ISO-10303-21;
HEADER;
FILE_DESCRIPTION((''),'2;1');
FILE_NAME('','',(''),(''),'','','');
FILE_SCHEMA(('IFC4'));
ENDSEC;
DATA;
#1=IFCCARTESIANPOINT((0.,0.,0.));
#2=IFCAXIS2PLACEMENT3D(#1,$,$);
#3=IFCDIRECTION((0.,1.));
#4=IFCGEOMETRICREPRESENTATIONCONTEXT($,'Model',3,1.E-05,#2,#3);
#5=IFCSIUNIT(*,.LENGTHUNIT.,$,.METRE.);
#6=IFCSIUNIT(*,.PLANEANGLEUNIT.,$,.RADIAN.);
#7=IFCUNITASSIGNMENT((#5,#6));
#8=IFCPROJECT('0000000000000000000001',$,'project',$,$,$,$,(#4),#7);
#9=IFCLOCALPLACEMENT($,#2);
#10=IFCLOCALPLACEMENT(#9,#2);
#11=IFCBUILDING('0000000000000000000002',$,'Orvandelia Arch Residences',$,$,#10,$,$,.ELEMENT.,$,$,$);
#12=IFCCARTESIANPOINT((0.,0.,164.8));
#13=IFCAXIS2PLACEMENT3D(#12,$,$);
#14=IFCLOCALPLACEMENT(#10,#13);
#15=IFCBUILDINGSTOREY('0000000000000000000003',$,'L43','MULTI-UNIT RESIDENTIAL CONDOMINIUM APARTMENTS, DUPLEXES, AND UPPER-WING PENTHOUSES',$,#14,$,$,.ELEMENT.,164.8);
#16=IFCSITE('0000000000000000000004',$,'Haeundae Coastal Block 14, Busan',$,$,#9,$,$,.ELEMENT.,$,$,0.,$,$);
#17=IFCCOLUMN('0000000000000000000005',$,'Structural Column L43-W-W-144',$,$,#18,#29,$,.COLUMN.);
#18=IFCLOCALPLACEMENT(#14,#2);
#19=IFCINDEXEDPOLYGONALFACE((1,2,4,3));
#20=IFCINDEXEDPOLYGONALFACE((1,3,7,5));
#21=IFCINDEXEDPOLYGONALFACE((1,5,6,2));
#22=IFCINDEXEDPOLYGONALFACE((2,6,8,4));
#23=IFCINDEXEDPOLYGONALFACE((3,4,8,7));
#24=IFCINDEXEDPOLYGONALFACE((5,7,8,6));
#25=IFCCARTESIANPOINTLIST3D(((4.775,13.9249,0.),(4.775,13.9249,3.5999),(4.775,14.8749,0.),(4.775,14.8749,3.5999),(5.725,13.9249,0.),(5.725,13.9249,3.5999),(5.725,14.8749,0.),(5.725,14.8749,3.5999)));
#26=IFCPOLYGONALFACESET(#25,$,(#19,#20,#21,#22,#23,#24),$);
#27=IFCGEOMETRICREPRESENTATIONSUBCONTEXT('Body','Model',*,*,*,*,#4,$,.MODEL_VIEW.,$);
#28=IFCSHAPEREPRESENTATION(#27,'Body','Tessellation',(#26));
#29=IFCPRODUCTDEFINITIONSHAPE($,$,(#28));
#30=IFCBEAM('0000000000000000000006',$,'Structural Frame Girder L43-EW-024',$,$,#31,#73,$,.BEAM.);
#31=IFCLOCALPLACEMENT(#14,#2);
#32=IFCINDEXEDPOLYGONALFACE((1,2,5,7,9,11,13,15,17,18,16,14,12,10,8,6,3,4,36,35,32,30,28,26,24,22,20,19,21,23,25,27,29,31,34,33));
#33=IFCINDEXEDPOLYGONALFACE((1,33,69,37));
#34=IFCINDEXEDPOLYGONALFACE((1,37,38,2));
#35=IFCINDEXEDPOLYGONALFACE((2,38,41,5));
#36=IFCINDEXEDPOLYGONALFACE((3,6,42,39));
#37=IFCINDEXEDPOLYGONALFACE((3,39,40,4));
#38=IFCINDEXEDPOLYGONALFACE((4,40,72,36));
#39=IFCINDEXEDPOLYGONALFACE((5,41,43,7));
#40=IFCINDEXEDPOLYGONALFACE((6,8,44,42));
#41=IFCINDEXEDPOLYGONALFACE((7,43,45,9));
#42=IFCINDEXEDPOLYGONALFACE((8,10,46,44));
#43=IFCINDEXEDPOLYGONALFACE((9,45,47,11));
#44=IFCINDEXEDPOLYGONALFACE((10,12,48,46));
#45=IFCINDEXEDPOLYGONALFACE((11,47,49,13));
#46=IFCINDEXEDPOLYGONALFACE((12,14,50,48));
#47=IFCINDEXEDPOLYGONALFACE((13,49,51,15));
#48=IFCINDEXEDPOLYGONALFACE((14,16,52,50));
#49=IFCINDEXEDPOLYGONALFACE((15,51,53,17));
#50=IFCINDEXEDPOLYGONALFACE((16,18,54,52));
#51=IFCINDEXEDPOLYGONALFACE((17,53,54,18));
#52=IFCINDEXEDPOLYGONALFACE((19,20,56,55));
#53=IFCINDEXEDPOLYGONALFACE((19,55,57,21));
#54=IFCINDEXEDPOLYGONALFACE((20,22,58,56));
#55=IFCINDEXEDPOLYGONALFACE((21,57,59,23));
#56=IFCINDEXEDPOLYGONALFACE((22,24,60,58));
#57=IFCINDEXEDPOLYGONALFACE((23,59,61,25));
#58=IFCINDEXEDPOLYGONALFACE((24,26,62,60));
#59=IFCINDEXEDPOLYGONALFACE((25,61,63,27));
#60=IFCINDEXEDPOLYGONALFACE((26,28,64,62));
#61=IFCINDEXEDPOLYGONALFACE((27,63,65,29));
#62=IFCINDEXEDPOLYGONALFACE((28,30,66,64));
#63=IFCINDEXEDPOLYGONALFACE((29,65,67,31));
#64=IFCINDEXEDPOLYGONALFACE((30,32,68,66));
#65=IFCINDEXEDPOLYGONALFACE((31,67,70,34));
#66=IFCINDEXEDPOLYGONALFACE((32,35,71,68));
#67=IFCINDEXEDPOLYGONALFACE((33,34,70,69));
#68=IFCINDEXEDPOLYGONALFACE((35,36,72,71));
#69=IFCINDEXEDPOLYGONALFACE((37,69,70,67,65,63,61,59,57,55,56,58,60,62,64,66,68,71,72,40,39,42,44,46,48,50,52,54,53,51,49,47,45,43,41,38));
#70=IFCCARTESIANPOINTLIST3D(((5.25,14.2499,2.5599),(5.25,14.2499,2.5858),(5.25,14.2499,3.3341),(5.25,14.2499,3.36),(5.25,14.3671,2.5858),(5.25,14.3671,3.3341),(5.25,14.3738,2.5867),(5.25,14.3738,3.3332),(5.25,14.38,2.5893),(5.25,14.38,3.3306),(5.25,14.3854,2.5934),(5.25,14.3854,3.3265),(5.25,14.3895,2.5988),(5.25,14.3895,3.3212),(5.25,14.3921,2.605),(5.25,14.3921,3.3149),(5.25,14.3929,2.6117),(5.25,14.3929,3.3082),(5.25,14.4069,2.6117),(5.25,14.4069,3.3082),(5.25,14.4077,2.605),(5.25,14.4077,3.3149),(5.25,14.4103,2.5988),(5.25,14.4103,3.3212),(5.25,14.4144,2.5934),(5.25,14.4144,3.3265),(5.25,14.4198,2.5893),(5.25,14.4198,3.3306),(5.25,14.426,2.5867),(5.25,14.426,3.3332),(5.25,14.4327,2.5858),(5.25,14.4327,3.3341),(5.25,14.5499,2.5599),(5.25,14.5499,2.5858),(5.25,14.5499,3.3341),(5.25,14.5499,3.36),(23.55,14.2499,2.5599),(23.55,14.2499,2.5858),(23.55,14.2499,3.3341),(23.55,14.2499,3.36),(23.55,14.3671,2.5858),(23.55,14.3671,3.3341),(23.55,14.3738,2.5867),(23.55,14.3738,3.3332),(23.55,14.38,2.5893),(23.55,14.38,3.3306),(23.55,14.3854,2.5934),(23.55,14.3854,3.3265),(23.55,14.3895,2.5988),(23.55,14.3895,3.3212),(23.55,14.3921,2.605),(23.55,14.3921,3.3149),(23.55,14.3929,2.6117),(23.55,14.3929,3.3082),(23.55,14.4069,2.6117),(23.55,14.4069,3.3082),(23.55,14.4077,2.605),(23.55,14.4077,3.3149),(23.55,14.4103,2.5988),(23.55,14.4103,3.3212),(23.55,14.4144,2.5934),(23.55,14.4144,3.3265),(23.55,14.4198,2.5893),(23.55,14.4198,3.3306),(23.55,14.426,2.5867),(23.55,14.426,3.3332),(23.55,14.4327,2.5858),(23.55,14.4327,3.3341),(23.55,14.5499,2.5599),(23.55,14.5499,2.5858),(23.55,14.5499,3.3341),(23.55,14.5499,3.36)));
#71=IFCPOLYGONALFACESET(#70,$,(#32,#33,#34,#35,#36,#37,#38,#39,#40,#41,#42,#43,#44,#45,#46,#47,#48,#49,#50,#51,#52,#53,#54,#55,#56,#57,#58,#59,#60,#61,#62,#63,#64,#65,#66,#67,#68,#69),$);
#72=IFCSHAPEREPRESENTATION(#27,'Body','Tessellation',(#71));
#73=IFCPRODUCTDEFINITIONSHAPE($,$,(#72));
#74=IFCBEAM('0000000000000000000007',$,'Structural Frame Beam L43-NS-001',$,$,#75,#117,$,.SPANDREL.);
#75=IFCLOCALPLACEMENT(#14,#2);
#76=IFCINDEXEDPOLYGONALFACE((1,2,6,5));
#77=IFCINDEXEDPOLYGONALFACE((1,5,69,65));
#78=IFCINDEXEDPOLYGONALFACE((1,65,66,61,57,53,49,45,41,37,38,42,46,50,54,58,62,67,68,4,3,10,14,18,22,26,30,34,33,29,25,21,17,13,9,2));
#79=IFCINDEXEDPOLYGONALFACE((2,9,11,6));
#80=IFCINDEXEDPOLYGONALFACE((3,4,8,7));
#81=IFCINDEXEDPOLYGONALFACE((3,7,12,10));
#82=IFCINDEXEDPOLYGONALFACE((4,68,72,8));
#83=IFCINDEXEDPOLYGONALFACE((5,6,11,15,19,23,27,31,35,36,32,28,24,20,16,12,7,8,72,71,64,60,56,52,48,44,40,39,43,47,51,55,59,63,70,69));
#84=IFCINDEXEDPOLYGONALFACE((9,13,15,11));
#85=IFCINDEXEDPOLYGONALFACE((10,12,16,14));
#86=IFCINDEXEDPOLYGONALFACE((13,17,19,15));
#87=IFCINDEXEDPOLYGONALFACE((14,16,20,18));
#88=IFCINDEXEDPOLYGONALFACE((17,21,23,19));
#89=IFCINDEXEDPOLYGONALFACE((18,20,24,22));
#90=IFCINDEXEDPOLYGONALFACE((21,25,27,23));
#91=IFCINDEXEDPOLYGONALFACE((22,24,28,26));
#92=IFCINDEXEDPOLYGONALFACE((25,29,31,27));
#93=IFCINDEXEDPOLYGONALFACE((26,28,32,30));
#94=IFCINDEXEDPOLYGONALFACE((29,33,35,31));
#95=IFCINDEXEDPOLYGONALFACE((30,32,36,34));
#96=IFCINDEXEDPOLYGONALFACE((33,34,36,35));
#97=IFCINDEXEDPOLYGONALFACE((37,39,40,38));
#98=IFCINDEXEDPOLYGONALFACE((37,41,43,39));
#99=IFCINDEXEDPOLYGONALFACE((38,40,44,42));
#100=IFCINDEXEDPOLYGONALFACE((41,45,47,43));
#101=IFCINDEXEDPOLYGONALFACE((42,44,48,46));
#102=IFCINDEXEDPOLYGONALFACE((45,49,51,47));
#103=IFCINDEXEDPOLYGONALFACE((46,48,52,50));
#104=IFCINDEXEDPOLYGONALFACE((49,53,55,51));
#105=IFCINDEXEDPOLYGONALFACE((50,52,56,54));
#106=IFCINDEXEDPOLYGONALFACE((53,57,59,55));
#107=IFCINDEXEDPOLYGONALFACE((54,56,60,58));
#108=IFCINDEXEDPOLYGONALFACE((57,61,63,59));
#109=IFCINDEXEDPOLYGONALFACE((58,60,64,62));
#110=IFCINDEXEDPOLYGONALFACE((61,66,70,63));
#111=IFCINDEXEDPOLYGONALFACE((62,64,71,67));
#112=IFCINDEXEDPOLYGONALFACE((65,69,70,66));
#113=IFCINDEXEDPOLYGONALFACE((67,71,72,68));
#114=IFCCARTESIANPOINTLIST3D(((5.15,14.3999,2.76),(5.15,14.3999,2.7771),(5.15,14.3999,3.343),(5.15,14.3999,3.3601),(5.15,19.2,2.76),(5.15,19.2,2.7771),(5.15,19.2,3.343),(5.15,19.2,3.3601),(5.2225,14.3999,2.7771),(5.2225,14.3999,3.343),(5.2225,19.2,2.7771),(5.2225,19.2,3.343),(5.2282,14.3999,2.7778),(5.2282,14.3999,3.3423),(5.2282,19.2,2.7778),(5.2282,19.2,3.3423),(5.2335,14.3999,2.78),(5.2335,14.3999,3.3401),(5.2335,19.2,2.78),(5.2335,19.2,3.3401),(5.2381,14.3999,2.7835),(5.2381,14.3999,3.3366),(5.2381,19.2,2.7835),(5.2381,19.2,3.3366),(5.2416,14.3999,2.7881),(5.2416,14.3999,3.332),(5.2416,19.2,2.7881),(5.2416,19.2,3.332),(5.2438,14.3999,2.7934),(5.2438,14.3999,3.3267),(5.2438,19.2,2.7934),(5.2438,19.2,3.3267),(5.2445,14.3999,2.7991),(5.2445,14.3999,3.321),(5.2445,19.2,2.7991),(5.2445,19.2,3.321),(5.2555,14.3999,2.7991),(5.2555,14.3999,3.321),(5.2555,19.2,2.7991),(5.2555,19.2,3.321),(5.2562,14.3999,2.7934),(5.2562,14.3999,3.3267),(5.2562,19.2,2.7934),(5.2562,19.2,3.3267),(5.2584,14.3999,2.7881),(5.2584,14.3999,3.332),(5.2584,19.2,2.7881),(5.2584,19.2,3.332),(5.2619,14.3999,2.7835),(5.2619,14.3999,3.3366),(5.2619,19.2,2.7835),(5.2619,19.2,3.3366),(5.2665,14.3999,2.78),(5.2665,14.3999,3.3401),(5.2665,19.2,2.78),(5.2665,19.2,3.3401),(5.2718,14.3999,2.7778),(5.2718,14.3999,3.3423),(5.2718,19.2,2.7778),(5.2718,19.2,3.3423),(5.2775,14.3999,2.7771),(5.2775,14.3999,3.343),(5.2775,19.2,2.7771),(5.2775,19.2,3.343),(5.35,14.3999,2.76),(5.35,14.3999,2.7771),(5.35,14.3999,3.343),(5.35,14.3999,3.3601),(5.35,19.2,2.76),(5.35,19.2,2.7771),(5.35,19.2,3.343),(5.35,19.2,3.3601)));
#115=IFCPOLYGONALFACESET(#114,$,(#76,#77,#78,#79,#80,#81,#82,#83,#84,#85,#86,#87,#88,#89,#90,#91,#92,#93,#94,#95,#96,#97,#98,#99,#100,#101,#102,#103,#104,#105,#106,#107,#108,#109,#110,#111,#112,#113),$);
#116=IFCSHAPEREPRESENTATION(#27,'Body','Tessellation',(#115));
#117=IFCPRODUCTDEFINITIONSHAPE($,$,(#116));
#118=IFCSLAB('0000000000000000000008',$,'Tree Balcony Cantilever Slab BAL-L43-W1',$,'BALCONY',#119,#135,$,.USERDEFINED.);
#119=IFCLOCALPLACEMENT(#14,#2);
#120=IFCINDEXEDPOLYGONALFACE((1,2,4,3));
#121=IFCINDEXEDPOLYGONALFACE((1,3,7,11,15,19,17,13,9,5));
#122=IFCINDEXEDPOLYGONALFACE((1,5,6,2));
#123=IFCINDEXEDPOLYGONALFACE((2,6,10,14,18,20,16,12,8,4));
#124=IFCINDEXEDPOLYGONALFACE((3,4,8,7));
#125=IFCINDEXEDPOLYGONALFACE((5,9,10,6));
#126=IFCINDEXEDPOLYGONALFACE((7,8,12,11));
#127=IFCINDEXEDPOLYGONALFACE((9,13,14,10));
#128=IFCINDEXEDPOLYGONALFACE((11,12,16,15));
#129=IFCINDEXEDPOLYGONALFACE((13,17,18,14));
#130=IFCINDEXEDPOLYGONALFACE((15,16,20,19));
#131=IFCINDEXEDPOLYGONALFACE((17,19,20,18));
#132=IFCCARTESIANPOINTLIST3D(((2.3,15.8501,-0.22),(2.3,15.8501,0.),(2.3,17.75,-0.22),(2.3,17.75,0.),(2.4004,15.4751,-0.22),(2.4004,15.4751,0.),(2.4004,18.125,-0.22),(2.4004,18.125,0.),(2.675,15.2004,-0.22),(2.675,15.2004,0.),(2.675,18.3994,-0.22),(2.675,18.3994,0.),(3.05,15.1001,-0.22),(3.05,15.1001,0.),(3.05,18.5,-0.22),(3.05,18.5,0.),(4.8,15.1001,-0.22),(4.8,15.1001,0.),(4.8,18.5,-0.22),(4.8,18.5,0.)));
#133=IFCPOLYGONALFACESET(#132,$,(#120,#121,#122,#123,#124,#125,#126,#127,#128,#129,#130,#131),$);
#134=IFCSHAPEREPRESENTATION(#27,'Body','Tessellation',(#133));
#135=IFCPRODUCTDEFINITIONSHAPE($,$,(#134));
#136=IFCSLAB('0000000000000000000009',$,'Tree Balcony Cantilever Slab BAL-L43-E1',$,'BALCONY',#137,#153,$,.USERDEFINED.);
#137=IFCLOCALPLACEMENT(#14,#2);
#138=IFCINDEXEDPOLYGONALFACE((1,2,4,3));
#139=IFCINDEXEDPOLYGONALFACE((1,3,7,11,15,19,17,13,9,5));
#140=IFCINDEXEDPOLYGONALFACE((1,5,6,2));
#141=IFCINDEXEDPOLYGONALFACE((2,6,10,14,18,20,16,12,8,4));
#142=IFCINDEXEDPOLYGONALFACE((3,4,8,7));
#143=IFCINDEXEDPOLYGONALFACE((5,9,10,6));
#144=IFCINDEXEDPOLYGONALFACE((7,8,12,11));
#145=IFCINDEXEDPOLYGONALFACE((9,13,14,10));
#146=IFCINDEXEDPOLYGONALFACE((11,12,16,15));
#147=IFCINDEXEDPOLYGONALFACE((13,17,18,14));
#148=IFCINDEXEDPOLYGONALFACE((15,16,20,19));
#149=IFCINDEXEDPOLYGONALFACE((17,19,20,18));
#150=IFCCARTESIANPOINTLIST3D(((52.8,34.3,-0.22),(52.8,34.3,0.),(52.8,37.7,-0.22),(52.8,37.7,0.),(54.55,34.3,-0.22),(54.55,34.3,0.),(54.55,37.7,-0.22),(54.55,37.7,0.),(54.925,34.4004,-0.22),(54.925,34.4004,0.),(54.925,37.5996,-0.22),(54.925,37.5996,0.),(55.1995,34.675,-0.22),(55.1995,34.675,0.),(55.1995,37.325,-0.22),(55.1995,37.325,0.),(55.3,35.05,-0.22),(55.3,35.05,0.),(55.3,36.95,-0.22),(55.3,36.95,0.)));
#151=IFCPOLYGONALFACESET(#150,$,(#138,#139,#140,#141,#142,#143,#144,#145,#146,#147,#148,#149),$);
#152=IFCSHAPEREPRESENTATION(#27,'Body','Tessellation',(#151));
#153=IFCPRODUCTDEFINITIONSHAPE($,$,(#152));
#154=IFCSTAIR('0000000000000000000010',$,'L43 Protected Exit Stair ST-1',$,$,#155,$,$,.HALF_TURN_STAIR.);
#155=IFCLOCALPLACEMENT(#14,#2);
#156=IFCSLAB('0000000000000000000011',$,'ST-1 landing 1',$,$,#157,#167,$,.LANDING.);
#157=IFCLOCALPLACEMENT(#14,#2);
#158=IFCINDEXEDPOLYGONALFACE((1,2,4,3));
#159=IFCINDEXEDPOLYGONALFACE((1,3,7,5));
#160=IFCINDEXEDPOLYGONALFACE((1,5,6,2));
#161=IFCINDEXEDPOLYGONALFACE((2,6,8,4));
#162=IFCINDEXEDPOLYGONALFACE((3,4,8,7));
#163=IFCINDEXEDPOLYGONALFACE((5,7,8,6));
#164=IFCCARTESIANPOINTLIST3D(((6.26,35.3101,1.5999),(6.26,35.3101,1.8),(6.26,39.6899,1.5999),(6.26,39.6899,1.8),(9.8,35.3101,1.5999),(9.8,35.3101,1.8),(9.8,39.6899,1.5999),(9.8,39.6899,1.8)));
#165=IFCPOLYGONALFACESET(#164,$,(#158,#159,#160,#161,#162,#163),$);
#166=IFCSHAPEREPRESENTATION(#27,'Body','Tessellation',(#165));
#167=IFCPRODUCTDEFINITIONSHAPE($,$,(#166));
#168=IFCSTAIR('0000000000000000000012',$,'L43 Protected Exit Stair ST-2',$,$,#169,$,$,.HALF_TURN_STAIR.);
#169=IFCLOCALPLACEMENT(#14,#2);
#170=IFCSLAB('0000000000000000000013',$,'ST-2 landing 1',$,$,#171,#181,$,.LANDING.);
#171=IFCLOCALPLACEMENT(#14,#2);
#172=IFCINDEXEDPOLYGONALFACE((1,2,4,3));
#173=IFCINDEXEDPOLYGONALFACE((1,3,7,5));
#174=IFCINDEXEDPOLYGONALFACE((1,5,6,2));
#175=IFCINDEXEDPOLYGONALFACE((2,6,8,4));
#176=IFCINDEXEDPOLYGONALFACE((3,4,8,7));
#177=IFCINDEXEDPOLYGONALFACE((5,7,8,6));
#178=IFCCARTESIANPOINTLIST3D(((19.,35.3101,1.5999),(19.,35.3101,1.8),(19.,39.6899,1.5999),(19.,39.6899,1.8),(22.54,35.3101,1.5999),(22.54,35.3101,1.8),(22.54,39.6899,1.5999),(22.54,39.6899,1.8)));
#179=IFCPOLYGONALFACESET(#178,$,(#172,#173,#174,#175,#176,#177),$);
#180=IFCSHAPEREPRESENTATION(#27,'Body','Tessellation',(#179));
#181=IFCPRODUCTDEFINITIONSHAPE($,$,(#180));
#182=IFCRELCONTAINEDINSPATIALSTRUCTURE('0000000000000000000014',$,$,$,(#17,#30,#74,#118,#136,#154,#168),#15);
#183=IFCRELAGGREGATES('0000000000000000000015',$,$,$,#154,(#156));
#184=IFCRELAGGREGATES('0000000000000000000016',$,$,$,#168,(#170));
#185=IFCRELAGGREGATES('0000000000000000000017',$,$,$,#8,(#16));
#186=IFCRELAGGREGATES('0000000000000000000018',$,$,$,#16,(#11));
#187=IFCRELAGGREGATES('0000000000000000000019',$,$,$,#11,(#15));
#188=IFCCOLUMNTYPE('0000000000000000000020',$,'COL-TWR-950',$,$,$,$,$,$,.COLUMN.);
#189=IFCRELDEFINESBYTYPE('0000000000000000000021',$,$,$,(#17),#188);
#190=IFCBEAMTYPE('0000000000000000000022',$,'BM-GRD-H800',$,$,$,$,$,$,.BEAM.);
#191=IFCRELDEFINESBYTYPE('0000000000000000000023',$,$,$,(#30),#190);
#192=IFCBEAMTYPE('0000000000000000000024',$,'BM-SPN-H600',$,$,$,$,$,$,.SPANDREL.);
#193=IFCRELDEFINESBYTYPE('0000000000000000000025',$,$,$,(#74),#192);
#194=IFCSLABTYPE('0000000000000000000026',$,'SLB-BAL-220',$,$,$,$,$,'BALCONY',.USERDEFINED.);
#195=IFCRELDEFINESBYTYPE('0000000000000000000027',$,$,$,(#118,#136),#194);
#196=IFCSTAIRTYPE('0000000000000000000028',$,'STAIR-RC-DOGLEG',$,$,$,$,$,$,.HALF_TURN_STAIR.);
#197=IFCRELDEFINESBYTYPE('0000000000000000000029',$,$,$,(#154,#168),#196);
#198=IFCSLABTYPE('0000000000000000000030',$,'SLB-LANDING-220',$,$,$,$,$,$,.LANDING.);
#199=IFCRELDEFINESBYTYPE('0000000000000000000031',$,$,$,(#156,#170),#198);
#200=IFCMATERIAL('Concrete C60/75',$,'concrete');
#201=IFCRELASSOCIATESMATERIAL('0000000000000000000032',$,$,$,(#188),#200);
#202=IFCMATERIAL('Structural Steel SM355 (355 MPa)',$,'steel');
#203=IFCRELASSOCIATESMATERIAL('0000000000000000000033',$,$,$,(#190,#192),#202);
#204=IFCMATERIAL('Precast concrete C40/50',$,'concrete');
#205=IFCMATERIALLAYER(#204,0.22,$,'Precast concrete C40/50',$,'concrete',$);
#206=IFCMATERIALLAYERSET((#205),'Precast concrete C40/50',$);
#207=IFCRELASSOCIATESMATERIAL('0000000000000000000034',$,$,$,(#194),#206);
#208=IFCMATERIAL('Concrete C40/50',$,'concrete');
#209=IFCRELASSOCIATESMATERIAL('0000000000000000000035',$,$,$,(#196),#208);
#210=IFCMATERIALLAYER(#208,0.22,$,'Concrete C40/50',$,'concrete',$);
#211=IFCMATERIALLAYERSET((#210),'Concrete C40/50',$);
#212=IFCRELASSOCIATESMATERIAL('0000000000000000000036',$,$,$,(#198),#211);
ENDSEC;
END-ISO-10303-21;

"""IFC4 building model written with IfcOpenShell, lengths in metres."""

from ifc_helpers import new_model, si_unit, direction, frame, origin, origin_2d, place, context, subcontext, project, spatial, polyline, rectangle, i_section, outline, extrude, material, layer, layer_set, material_profile, profile_set, type_object, element, aggregate, save


model = new_model("IFC4")

# Units and contexts
model_context = context("Model", 3, precision=1e-05, world=origin(), true_north=direction((0.0, 1.0)))
body_context = subcontext(model_context, "Body", "Model", "MODEL_VIEW")
ifc_project = project(units=[si_unit("LENGTHUNIT", "METRE"), si_unit("PLANEANGLEUNIT", "RADIAN")], contexts=[model_context])

# Site, building, storey
site_placement = place(None, origin())
site = spatial("IfcSite", under=ifc_project, at=site_placement, Name="Haeundae Coastal Block 14, Busan", CompositionType="ELEMENT", RefElevation=0.0)
building_placement = place(site_placement, origin())
building = spatial("IfcBuilding", under=site, at=building_placement, Name="Orvandelia Arch Residences", CompositionType="ELEMENT")
storey_placement = place(building_placement, frame((0.0, 0.0, 164.8)))
storey = spatial("IfcBuildingStorey", under=building, at=storey_placement, Name="L43", Description="MULTI-UNIT RESIDENTIAL CONDOMINIUM APARTMENTS, DUPLEXES, AND UPPER-WING PENTHOUSES", CompositionType="ELEMENT", Elevation=164.8)

# Column
ifc_material_1 = material(Name="Concrete C60/75", Category="concrete")
ifc_material_profile_1 = material_profile(ifc_material_1, rectangle(XDim=0.95, YDim=0.95, at=origin_2d()), Name="Concrete C60/75", Category="concrete")
ifc_profile_set_1 = profile_set([ifc_material_profile_1], Name="Concrete C60/75")
column_type = type_object("IfcColumnType", Name="COL-TWR-950", PredefinedType="COLUMN", material=ifc_profile_set_1)
column_placement = place(storey_placement, frame((5.25, 14.3999, 0.0), z_axis=(0.0, 0.0, 1.0), x_axis=(1.0, 0.0, 0.0)))
element("IfcColumn", 1, at=column_placement, inside=storey, type_object=column_type, Name="Structural Column L43-W-W-144", PredefinedType="COLUMN", context=body_context, shape_type="SweptSolid", body=[
    extrude(rectangle(XDim=0.95, YDim=0.95, at=origin_2d()), origin(), (0.0, 0.0, 1.0), 3.5999),
])

# Beams
ifc_material_2 = material(Name="Structural Steel SM355 (355 MPa)", Category="steel")
ifc_material_profile_2 = material_profile(ifc_material_2, i_section(OverallWidth=0.3, OverallDepth=0.8, WebThickness=0.0139, FlangeThickness=0.0259, FilletRadius=0.0259, at=origin_2d()), Name="Structural Steel SM355 (355 MPa)", Category="steel")
ifc_profile_set_2 = profile_set([ifc_material_profile_2], Name="Structural Steel SM355 (355 MPa)")
beam_type_1 = type_object("IfcBeamType", Name="BM-GRD-H800", PredefinedType="BEAM", material=ifc_profile_set_2)
beam_1_placement = place(storey_placement, frame((5.25, 14.3999, 2.96), z_axis=(1.0, 0.0, 0.0), x_axis=(0.0, 1.0, 0.0)))
element("IfcBeam", 2, at=beam_1_placement, inside=storey, type_object=beam_type_1, Name="Structural Frame Girder L43-EW-024", PredefinedType="BEAM", context=body_context, shape_type="SweptSolid", body=[
    extrude(i_section(OverallWidth=0.3, OverallDepth=0.8, WebThickness=0.0139, FlangeThickness=0.0259, FilletRadius=0.0259, at=origin_2d()), origin(), (0.0, 0.0, 1.0), 18.3),
])
ifc_material_profile_3 = material_profile(ifc_material_2, i_section(OverallWidth=0.2, OverallDepth=0.6001, WebThickness=0.011, FlangeThickness=0.0171, FilletRadius=0.022, at=origin_2d()), Name="Structural Steel SM355 (355 MPa)", Category="steel")
ifc_profile_set_3 = profile_set([ifc_material_profile_3], Name="Structural Steel SM355 (355 MPa)")
beam_type_2 = type_object("IfcBeamType", Name="BM-SPN-H600", PredefinedType="SPANDREL", material=ifc_profile_set_3)
beam_2_placement = place(storey_placement, frame((5.25, 14.3999, 3.0601), z_axis=(0.0, 1.0, 0.0), x_axis=(-1.0, 0.0, 0.0)))
element("IfcBeam", 3, at=beam_2_placement, inside=storey, type_object=beam_type_2, Name="Structural Frame Beam L43-NS-001", PredefinedType="SPANDREL", context=body_context, shape_type="SweptSolid", body=[
    extrude(i_section(OverallWidth=0.2, OverallDepth=0.6001, WebThickness=0.011, FlangeThickness=0.0171, FilletRadius=0.022, at=origin_2d()), origin(), (0.0, 0.0, 1.0), 4.8),
])

# Slabs
ifc_material_3 = material(Name="Precast concrete C40/50", Category="concrete")
ifc_layer_1 = layer(ifc_material_3, 0.22, Name="Precast concrete C40/50", Category="concrete")
ifc_layer_set_1 = layer_set([ifc_layer_1], Name="Precast concrete C40/50")
slab_type_1 = type_object("IfcSlabType", Name="SLB-BAL-220", ElementType="BALCONY", PredefinedType="USERDEFINED", material=ifc_layer_set_1)
slab_1_placement = place(storey_placement, frame((0.0, 0.0, -0.22)))
element("IfcSlab", 4, at=slab_1_placement, inside=storey, type_object=slab_type_1, Name="Tree Balcony Cantilever Slab BAL-L43-W1", ObjectType="BALCONY", PredefinedType="USERDEFINED", context=body_context, shape_type="SweptSolid", body=[
    extrude(outline(polyline([(4.8, 15.1001), (4.8, 18.5), (3.05, 18.5), (2.675, 18.3994), (2.4004, 18.125), (2.3, 17.75), (2.3, 15.8501), (2.4004, 15.4751), (2.675, 15.2004), (3.05, 15.1001), (4.8, 15.1001)])), origin(), (0.0, 0.0, 1.0), 0.22),
])
slab_2_placement = place(storey_placement, frame((0.0, 0.0, -0.22)))
element("IfcSlab", 5, at=slab_2_placement, inside=storey, type_object=slab_type_1, Name="Tree Balcony Cantilever Slab BAL-L43-E1", ObjectType="BALCONY", PredefinedType="USERDEFINED", context=body_context, shape_type="SweptSolid", body=[
    extrude(outline(polyline([(52.8, 37.7), (52.8, 34.3), (54.55, 34.3), (54.925, 34.4004), (55.1995, 34.675), (55.3, 35.05), (55.3, 36.95), (55.1995, 37.325), (54.925, 37.5996), (54.55, 37.7), (52.8, 37.7)])), origin(), (0.0, 0.0, 1.0), 0.22),
])

# Stairs, slabs
ifc_material_4 = material(Name="Concrete C40/50", Category="concrete")
stair_type = type_object("IfcStairType", Name="STAIR-RC-DOGLEG", PredefinedType="HALF_TURN_STAIR", material=ifc_material_4)
stair_1_placement = place(storey_placement, origin())
stair_1 = element("IfcStair", 6, at=stair_1_placement, inside=storey, type_object=stair_type, Name="L43 Protected Exit Stair ST-1", PredefinedType="HALF_TURN_STAIR")
ifc_layer_2 = layer(ifc_material_4, 0.22, Name="Concrete C40/50", Category="concrete")
ifc_layer_set_2 = layer_set([ifc_layer_2], Name="Concrete C40/50")
slab_type_2 = type_object("IfcSlabType", Name="SLB-LANDING-220", PredefinedType="LANDING", material=ifc_layer_set_2)
slab_3_placement = place(storey_placement, frame((0.0, 0.0, 1.5999)))
slab_3 = element("IfcSlab", 7, at=slab_3_placement, type_object=slab_type_2, Name="ST-1 landing 1", PredefinedType="LANDING", context=body_context, shape_type="SweptSolid", body=[
    extrude(outline(polyline([(9.8, 35.3101), (9.8, 39.6899), (6.26, 39.6899), (6.26, 35.3101), (9.8, 35.3101)])), origin(), (0.0, 0.0, 1.0), 0.2002),
])
aggregate(stair_1, [slab_3])
stair_2_placement = place(storey_placement, origin())
stair_2 = element("IfcStair", 8, at=stair_2_placement, inside=storey, type_object=stair_type, Name="L43 Protected Exit Stair ST-2", PredefinedType="HALF_TURN_STAIR")
slab_4_placement = place(storey_placement, frame((0.0, 0.0, 1.5999)))
slab_4 = element("IfcSlab", 9, at=slab_4_placement, type_object=slab_type_2, Name="ST-2 landing 1", PredefinedType="LANDING", context=body_context, shape_type="SweptSolid", body=[
    extrude(outline(polyline([(22.54, 35.3101), (22.54, 39.6899), (19.0, 39.6899), (19.0, 35.3101), (22.54, 35.3101)])), origin(), (0.0, 0.0, 1.0), 0.2002),
])
aggregate(stair_2, [slab_4])

save(model, "model.ifc")
